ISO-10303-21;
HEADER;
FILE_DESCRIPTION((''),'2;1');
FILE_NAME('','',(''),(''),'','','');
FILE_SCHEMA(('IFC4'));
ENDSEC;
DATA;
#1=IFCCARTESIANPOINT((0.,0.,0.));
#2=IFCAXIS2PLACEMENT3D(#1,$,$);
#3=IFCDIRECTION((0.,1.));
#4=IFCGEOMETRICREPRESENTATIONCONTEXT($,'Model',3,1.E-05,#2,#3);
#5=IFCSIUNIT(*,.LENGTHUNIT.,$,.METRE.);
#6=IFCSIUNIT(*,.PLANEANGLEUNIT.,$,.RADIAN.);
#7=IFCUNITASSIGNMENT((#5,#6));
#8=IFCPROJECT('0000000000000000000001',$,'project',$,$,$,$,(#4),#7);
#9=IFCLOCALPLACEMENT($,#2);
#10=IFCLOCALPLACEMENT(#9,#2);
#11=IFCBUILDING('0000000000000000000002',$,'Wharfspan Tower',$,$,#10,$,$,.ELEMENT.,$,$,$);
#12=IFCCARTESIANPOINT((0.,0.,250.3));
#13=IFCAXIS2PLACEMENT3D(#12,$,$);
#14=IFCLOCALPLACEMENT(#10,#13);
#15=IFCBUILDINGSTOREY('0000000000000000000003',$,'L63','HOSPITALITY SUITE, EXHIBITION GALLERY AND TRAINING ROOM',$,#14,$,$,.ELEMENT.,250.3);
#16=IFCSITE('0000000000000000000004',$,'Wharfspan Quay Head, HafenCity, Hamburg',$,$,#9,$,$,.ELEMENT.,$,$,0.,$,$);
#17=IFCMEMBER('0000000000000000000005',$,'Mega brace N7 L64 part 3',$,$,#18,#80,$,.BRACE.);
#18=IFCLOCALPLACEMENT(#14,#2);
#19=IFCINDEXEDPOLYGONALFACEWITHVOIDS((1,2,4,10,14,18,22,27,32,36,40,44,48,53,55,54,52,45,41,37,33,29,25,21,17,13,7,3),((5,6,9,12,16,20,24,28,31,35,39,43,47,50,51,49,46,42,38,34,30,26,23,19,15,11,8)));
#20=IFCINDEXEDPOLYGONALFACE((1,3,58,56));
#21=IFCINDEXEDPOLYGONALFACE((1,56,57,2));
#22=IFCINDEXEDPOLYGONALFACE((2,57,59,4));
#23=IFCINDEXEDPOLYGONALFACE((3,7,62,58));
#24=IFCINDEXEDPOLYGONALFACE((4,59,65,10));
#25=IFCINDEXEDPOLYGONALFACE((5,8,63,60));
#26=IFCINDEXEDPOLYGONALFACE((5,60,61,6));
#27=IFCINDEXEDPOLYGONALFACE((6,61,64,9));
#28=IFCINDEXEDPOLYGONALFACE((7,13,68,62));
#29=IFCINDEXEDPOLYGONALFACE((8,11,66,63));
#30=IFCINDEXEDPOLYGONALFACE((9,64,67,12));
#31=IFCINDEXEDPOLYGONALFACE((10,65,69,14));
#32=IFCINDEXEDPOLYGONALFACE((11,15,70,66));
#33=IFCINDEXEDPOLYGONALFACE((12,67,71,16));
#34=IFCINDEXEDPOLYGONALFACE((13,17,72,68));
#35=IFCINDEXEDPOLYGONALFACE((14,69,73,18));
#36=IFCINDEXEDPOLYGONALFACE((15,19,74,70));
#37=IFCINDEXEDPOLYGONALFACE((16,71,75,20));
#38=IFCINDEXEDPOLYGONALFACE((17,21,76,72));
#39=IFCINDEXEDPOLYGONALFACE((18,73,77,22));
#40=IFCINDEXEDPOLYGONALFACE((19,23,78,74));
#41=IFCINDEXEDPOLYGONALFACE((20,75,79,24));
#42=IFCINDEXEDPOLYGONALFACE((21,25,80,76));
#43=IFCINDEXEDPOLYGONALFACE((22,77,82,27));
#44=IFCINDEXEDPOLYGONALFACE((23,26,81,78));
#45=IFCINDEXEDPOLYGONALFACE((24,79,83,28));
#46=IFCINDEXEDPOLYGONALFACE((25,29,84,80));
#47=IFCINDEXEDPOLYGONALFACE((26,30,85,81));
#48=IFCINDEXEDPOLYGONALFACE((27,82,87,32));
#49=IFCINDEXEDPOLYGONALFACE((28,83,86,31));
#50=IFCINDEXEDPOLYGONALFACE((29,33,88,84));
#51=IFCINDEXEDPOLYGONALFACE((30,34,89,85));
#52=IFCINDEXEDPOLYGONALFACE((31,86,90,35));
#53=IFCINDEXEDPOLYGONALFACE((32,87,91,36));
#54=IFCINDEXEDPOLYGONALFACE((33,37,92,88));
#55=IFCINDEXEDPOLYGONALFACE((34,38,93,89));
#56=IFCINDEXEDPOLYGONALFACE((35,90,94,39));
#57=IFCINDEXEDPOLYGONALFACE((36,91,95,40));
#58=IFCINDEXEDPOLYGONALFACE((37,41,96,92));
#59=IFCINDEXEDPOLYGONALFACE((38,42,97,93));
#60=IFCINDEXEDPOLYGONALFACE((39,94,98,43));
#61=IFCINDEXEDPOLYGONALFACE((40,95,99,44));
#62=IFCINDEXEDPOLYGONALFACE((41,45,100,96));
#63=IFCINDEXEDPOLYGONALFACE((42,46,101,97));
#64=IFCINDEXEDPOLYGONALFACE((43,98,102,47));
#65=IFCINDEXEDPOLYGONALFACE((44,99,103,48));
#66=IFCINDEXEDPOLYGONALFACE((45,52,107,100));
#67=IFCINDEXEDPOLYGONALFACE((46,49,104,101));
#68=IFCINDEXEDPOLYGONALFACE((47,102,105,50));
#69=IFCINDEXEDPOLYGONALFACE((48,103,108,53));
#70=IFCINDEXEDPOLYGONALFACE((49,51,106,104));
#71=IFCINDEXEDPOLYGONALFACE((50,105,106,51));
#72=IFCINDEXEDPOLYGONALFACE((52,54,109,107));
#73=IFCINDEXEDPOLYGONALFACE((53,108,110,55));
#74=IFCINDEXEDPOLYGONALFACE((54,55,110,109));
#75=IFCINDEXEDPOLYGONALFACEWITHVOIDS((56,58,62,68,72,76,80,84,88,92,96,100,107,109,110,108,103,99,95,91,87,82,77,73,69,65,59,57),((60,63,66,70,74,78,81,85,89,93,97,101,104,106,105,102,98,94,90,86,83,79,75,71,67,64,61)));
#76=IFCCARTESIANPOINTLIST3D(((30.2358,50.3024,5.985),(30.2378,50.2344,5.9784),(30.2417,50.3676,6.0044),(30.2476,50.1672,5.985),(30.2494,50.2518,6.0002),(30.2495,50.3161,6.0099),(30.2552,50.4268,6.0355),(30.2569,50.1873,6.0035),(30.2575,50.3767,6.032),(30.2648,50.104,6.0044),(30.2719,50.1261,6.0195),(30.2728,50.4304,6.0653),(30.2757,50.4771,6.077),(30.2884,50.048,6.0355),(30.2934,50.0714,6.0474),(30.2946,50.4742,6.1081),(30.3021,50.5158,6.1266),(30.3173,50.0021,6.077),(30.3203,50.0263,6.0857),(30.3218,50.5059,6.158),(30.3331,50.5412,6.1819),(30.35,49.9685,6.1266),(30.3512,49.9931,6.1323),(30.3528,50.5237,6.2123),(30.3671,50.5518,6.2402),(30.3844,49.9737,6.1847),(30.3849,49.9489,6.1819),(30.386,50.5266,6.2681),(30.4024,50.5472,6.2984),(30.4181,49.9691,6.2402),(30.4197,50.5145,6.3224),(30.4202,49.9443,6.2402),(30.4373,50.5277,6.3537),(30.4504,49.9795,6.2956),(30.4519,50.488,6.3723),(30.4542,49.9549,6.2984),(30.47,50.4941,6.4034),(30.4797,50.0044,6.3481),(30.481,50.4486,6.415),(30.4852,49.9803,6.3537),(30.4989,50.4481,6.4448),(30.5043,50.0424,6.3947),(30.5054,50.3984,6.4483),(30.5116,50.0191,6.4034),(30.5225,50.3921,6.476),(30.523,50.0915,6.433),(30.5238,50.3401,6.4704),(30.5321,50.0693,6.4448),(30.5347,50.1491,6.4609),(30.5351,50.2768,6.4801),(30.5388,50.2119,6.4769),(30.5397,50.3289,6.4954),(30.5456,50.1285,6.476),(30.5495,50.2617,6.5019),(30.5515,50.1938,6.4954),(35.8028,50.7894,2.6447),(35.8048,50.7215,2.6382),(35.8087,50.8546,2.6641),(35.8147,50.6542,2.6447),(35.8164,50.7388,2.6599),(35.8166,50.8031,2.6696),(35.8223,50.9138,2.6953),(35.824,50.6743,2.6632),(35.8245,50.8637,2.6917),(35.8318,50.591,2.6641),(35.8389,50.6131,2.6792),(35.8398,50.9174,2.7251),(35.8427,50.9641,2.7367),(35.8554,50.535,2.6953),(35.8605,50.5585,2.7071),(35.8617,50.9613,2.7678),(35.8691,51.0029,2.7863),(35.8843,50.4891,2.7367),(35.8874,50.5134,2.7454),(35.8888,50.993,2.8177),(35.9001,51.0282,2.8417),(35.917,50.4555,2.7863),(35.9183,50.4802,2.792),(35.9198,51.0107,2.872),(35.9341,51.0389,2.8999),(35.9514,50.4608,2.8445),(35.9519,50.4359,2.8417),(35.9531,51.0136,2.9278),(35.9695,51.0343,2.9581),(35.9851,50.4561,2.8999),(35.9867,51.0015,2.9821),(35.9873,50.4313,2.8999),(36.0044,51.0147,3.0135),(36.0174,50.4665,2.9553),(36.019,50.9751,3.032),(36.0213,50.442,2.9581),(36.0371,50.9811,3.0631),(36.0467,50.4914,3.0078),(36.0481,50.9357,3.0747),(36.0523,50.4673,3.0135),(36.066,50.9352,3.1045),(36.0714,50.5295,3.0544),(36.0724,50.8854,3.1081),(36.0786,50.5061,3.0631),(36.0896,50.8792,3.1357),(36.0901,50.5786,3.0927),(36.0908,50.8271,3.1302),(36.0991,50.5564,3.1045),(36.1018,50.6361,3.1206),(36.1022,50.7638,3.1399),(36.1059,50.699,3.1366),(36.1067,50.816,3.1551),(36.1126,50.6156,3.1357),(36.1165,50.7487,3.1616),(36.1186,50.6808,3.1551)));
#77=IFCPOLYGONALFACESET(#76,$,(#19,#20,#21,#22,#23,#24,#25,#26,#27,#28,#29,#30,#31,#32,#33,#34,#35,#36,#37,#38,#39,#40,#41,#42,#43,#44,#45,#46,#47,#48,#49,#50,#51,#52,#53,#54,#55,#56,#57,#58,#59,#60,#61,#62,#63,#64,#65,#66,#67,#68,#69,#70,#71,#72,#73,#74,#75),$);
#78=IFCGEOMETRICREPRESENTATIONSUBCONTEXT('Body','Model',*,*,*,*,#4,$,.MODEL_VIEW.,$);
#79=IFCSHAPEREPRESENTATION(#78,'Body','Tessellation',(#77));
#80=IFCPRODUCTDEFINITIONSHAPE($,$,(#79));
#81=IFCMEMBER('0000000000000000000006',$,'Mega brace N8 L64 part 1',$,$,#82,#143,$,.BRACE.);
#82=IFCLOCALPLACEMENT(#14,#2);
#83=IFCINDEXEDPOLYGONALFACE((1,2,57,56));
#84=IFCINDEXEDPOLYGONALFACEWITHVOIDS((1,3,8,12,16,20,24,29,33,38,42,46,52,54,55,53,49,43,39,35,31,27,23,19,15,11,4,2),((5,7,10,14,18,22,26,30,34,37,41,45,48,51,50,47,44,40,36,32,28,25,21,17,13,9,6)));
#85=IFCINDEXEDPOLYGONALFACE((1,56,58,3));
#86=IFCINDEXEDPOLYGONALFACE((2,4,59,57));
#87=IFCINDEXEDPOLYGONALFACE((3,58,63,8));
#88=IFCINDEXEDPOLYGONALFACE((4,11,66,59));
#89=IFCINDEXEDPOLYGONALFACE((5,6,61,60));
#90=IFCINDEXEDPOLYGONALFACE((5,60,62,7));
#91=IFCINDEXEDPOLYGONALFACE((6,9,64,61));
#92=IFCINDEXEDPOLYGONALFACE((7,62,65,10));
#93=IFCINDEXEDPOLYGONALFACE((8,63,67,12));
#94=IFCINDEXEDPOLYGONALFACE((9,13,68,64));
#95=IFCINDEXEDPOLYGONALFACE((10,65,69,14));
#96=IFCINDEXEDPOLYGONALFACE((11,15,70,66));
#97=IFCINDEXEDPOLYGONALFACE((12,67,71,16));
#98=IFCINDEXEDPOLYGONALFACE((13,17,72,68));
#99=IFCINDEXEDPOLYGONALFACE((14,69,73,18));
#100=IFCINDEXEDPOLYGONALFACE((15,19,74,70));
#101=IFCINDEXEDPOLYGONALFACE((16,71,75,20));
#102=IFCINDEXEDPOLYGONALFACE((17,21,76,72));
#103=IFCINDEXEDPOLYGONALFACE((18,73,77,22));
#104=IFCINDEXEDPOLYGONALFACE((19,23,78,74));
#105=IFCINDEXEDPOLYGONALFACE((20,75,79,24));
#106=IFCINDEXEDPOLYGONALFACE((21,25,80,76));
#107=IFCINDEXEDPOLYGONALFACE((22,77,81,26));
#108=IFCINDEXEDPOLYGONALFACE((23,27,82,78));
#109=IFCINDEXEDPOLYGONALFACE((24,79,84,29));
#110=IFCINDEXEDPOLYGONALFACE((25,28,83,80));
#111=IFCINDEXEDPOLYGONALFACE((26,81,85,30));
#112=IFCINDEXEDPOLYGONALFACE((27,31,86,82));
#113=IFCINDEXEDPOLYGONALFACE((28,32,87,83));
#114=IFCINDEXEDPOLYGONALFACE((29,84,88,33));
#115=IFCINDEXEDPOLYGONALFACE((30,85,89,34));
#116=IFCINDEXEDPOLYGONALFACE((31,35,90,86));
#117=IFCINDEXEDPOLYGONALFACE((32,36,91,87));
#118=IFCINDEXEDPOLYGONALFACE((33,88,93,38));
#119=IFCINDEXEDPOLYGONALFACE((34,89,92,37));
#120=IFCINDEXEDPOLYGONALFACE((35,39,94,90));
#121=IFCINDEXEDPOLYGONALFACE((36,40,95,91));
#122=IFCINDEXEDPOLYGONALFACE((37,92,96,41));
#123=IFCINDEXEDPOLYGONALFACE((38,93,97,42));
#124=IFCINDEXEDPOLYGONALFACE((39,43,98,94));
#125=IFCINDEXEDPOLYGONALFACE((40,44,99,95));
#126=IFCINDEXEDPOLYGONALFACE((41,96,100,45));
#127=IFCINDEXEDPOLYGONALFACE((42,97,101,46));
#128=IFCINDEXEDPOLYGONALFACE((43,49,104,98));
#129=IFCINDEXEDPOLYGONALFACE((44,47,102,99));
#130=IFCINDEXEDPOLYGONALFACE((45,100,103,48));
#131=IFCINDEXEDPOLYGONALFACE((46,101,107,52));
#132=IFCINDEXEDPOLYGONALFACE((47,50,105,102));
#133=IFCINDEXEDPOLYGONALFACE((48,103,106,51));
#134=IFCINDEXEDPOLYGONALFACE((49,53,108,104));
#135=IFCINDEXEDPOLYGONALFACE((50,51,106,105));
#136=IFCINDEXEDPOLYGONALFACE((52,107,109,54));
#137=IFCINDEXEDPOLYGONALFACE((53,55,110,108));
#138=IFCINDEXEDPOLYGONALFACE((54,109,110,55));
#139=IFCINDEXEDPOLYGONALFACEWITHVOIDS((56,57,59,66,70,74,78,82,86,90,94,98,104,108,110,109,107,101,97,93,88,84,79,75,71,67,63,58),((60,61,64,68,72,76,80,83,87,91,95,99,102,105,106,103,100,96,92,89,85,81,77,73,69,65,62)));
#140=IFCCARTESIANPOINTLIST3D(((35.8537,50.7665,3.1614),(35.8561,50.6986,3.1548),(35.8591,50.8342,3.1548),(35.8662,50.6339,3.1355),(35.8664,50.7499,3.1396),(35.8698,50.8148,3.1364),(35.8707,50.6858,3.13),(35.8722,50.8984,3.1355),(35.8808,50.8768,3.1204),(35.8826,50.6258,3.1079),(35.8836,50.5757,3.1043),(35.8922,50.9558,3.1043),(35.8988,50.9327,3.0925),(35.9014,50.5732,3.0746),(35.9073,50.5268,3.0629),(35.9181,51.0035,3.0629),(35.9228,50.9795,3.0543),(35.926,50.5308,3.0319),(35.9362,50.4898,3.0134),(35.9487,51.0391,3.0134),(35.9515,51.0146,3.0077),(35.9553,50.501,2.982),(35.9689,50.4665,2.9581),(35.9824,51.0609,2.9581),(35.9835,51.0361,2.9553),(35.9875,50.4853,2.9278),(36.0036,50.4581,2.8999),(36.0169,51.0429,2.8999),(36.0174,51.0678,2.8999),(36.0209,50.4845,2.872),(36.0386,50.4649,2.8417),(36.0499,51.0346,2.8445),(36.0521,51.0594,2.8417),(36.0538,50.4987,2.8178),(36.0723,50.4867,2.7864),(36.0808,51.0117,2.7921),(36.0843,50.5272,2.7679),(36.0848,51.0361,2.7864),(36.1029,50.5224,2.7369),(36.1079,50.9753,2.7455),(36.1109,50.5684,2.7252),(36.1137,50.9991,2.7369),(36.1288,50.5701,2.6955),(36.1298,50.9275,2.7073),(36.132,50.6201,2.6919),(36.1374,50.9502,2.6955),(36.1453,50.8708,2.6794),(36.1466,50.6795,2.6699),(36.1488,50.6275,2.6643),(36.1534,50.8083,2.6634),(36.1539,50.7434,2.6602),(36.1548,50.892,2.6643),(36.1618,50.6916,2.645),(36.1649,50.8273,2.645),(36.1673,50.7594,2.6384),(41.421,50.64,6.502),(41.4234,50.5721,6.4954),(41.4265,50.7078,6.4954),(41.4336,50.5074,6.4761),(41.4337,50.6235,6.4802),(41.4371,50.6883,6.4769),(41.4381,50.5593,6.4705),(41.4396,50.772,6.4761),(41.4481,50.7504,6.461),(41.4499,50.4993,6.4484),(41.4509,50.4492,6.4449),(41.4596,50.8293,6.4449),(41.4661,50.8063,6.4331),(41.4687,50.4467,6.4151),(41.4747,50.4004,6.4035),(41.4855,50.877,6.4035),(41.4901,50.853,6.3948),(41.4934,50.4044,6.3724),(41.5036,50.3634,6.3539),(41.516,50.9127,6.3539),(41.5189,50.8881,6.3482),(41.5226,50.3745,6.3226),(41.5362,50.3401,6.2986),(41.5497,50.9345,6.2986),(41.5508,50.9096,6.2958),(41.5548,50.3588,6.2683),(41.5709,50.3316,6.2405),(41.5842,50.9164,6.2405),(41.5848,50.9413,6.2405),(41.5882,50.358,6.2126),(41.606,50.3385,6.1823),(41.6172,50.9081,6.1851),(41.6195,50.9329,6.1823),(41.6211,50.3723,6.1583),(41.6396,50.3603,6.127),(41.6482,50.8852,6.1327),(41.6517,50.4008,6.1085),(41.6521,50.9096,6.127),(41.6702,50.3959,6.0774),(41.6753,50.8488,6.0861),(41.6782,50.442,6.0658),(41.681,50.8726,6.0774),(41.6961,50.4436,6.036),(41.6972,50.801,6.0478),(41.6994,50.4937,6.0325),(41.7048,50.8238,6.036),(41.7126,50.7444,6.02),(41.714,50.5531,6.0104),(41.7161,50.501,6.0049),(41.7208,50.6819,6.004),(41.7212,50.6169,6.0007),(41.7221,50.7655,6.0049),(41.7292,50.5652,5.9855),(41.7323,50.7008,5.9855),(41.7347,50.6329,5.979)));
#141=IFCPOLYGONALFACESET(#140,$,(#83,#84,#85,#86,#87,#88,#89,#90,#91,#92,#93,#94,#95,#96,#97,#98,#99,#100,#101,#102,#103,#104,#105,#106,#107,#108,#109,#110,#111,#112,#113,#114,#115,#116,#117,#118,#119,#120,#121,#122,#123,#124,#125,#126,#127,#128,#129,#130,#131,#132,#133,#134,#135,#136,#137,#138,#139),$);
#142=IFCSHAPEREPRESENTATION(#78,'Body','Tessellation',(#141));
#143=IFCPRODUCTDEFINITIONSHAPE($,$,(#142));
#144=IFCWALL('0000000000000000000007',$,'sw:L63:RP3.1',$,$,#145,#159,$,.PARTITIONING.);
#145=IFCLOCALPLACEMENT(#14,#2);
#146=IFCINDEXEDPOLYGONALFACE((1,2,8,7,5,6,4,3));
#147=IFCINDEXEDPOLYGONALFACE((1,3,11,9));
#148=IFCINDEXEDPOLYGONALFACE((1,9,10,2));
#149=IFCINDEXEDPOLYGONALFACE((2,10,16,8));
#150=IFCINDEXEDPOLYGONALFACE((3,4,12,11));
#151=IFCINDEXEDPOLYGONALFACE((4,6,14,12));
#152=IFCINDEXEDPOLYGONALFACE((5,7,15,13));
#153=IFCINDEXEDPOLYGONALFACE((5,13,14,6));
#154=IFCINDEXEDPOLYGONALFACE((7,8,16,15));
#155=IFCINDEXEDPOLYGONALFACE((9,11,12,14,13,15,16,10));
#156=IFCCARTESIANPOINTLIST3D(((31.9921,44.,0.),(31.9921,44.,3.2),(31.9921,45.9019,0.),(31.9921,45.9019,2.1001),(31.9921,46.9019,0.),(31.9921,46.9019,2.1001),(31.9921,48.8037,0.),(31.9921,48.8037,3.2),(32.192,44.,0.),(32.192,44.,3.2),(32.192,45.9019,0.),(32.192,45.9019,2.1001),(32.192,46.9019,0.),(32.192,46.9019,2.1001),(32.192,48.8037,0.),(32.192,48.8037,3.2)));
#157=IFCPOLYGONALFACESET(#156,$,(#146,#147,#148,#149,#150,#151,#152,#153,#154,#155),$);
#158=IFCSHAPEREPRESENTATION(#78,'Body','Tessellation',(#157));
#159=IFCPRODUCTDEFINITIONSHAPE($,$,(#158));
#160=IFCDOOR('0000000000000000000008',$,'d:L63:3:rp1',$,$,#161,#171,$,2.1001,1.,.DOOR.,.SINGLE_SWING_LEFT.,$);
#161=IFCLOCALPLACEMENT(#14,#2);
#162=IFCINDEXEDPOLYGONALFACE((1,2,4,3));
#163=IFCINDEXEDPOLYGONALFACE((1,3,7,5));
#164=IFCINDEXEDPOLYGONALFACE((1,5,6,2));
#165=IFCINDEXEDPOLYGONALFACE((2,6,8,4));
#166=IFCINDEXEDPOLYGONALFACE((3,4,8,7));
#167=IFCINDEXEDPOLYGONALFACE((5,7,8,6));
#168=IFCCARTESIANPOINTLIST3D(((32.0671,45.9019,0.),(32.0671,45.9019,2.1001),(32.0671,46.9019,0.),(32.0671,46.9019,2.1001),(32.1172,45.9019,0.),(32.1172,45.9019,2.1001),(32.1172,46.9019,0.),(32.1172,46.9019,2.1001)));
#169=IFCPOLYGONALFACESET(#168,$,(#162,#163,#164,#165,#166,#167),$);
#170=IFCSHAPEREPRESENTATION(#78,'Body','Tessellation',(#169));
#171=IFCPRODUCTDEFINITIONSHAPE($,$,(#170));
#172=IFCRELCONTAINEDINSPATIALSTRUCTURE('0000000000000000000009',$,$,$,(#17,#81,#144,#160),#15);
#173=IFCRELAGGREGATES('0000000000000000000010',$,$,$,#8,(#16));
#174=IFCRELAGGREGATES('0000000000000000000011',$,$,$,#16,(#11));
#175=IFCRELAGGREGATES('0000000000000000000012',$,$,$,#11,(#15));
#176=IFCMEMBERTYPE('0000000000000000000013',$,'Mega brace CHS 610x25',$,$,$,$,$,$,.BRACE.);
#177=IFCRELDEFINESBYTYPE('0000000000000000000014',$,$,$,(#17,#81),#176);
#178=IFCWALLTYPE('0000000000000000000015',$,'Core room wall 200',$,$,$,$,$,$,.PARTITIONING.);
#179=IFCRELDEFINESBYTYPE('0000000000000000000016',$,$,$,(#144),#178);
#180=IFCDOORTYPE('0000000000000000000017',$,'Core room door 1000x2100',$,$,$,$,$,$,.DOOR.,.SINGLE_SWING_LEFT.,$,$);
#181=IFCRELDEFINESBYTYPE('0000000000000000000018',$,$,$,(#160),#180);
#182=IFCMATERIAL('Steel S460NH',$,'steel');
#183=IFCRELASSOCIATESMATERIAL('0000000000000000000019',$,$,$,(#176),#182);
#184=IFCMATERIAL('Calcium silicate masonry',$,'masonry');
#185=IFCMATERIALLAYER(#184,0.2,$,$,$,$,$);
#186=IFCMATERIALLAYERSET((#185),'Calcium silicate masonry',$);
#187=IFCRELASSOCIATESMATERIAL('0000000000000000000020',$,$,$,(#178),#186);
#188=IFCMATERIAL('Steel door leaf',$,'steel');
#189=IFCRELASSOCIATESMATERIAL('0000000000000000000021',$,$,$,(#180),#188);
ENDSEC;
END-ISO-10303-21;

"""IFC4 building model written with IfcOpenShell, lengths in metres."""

from ifc_helpers import new_model, si_unit, direction, frame, frame_2d, origin, origin_2d, place, context, subcontext, project, spatial, rectangle, hollow_circle, extrude, material, layer, layer_set, material_profile, profile_set, type_object, element, fill, save


model = new_model("IFC4")

# Units and contexts
model_context = context("Model", 3, precision=1e-05, world=origin(), true_north=direction((0.0, 1.0)))
body_context = subcontext(model_context, "Body", "Model", "MODEL_VIEW")
ifc_project = project(units=[si_unit("LENGTHUNIT", "METRE"), si_unit("PLANEANGLEUNIT", "RADIAN")], contexts=[model_context])

# Site, building, storey
site_placement = place(None, origin())
site = spatial("IfcSite", under=ifc_project, at=site_placement, Name="Wharfspan Quay Head, HafenCity, Hamburg", CompositionType="ELEMENT", RefElevation=0.0)
building_placement = place(site_placement, origin())
building = spatial("IfcBuilding", under=site, at=building_placement, Name="Wharfspan Tower", CompositionType="ELEMENT")
storey_placement = place(building_placement, frame((0.0, 0.0, 250.3)))
storey = spatial("IfcBuildingStorey", under=building, at=storey_placement, Name="L63", Description="HOSPITALITY SUITE, EXHIBITION GALLERY AND TRAINING ROOM", CompositionType="ELEMENT", Elevation=250.3)

# Members
ifc_material_1 = material(Name="Steel S460NH", Category="steel")
ifc_material_profile_1 = material_profile(ifc_material_1, hollow_circle(Radius=0.3049, WallThickness=0.0249, at=origin_2d()))
ifc_profile_set_1 = profile_set([ifc_material_profile_1], Name="Steel S460NH")
member_type_1 = type_object("IfcMemberType", Name="Mega brace CHS 610x25", PredefinedType="BRACE", material=ifc_profile_set_1)
member_1_placement = place(storey_placement, frame((35.9607, 50.7351, 2.8999), z_axis=(-0.855087, -0.07481, 0.51306), x_axis=(0.087154, -0.996194, -0.000002)))
element("IfcMember", 1, at=member_1_placement, inside=storey, type_object=member_type_1, Name="Mega brace N7 L64 part 3", PredefinedType="BRACE", context=body_context, shape_type="SweptSolid", body=[
    extrude(hollow_circle(Radius=0.3049, WallThickness=0.0249, at=origin_2d()), origin(), (0.0, 0.0, 1.0), 6.5105),
])
member_2_placement = place(storey_placement, frame((36.0105, 50.7629, 2.8999), z_axis=(0.85732, -0.019474, 0.514415), x_axis=(0.022708, 0.999746, 0.000002)))
element("IfcMember", 2, at=member_2_placement, inside=storey, type_object=member_type_1, Name="Mega brace N8 L64 part 1", PredefinedType="BRACE", context=body_context, shape_type="SweptSolid", body=[
    extrude(hollow_circle(Radius=0.3049, WallThickness=0.0249, at=origin_2d()), origin(), (0.0, 0.0, 1.0), 6.4939),
])

# Wall, opening, door
ifc_material_2 = material(Name="Calcium silicate masonry", Category="masonry")
ifc_layer_1 = layer(ifc_material_2, 0.2)
ifc_layer_set_1 = layer_set([ifc_layer_1], Name="Calcium silicate masonry")
wall_type_1 = type_object("IfcWallType", Name="Core room wall 200", PredefinedType="PARTITIONING", material=ifc_layer_set_1)
wall_1_placement = place(storey_placement, frame((32.092, 44.0, 0.0), z_axis=(0.0, 0.0, 1.0), x_axis=(0.0, 1.0, 0.0)))
wall_1 = element("IfcWall", 3, at=wall_1_placement, inside=storey, type_object=wall_type_1, Name="sw:L63:RP3.1", PredefinedType="PARTITIONING", context=body_context, shape_type="SweptSolid", body=[
    extrude(rectangle(XDim=4.8037, YDim=0.2, at=frame_2d((2.4019, 0.0))), origin(), (0.0, 0.0, 1.0), 3.2),
])
opening_1_placement = place(wall_1_placement, frame((1.9019, 0.0, 0.0)))
opening_1 = element("IfcOpeningElement", 4, at=opening_1_placement, cuts=wall_1, PredefinedType="OPENING", context=body_context, shape_type="SweptSolid", body=[
    extrude(rectangle(XDim=1.0, YDim=2.1001, at=frame_2d((0.5, 1.05))), frame((0.0, 0.1099, 0.0), z_axis=(0.0, -1.0, 0.0), x_axis=(1.0, 0.0, 0.0)), (0.0, 0.0, 1.0), 0.22),
])
ifc_material_3 = material(Name="Steel door leaf", Category="steel")
door_type_1 = type_object("IfcDoorType", Name="Core room door 1000x2100", OperationType="SINGLE_SWING_LEFT", PredefinedType="DOOR", material=ifc_material_3)
door_1_placement = place(opening_1_placement, origin())
door_1 = element("IfcDoor", 5, at=door_1_placement, inside=storey, type_object=door_type_1, Name="d:L63:3:rp1", OperationType="SINGLE_SWING_LEFT", OverallHeight=2.1001, OverallWidth=1.0, PredefinedType="DOOR", context=body_context, shape_type="SweptSolid", body=[
    extrude(rectangle(XDim=1.0, YDim=2.1001, at=frame_2d((0.5, 1.05))), frame((0.0, 0.0249, 0.0), z_axis=(0.0, -1.0, 0.0), x_axis=(1.0, 0.0, 0.0)), (0.0, 0.0, 1.0), 0.05),
])
fill(opening_1, door_1)

save(model, "model.ifc")
